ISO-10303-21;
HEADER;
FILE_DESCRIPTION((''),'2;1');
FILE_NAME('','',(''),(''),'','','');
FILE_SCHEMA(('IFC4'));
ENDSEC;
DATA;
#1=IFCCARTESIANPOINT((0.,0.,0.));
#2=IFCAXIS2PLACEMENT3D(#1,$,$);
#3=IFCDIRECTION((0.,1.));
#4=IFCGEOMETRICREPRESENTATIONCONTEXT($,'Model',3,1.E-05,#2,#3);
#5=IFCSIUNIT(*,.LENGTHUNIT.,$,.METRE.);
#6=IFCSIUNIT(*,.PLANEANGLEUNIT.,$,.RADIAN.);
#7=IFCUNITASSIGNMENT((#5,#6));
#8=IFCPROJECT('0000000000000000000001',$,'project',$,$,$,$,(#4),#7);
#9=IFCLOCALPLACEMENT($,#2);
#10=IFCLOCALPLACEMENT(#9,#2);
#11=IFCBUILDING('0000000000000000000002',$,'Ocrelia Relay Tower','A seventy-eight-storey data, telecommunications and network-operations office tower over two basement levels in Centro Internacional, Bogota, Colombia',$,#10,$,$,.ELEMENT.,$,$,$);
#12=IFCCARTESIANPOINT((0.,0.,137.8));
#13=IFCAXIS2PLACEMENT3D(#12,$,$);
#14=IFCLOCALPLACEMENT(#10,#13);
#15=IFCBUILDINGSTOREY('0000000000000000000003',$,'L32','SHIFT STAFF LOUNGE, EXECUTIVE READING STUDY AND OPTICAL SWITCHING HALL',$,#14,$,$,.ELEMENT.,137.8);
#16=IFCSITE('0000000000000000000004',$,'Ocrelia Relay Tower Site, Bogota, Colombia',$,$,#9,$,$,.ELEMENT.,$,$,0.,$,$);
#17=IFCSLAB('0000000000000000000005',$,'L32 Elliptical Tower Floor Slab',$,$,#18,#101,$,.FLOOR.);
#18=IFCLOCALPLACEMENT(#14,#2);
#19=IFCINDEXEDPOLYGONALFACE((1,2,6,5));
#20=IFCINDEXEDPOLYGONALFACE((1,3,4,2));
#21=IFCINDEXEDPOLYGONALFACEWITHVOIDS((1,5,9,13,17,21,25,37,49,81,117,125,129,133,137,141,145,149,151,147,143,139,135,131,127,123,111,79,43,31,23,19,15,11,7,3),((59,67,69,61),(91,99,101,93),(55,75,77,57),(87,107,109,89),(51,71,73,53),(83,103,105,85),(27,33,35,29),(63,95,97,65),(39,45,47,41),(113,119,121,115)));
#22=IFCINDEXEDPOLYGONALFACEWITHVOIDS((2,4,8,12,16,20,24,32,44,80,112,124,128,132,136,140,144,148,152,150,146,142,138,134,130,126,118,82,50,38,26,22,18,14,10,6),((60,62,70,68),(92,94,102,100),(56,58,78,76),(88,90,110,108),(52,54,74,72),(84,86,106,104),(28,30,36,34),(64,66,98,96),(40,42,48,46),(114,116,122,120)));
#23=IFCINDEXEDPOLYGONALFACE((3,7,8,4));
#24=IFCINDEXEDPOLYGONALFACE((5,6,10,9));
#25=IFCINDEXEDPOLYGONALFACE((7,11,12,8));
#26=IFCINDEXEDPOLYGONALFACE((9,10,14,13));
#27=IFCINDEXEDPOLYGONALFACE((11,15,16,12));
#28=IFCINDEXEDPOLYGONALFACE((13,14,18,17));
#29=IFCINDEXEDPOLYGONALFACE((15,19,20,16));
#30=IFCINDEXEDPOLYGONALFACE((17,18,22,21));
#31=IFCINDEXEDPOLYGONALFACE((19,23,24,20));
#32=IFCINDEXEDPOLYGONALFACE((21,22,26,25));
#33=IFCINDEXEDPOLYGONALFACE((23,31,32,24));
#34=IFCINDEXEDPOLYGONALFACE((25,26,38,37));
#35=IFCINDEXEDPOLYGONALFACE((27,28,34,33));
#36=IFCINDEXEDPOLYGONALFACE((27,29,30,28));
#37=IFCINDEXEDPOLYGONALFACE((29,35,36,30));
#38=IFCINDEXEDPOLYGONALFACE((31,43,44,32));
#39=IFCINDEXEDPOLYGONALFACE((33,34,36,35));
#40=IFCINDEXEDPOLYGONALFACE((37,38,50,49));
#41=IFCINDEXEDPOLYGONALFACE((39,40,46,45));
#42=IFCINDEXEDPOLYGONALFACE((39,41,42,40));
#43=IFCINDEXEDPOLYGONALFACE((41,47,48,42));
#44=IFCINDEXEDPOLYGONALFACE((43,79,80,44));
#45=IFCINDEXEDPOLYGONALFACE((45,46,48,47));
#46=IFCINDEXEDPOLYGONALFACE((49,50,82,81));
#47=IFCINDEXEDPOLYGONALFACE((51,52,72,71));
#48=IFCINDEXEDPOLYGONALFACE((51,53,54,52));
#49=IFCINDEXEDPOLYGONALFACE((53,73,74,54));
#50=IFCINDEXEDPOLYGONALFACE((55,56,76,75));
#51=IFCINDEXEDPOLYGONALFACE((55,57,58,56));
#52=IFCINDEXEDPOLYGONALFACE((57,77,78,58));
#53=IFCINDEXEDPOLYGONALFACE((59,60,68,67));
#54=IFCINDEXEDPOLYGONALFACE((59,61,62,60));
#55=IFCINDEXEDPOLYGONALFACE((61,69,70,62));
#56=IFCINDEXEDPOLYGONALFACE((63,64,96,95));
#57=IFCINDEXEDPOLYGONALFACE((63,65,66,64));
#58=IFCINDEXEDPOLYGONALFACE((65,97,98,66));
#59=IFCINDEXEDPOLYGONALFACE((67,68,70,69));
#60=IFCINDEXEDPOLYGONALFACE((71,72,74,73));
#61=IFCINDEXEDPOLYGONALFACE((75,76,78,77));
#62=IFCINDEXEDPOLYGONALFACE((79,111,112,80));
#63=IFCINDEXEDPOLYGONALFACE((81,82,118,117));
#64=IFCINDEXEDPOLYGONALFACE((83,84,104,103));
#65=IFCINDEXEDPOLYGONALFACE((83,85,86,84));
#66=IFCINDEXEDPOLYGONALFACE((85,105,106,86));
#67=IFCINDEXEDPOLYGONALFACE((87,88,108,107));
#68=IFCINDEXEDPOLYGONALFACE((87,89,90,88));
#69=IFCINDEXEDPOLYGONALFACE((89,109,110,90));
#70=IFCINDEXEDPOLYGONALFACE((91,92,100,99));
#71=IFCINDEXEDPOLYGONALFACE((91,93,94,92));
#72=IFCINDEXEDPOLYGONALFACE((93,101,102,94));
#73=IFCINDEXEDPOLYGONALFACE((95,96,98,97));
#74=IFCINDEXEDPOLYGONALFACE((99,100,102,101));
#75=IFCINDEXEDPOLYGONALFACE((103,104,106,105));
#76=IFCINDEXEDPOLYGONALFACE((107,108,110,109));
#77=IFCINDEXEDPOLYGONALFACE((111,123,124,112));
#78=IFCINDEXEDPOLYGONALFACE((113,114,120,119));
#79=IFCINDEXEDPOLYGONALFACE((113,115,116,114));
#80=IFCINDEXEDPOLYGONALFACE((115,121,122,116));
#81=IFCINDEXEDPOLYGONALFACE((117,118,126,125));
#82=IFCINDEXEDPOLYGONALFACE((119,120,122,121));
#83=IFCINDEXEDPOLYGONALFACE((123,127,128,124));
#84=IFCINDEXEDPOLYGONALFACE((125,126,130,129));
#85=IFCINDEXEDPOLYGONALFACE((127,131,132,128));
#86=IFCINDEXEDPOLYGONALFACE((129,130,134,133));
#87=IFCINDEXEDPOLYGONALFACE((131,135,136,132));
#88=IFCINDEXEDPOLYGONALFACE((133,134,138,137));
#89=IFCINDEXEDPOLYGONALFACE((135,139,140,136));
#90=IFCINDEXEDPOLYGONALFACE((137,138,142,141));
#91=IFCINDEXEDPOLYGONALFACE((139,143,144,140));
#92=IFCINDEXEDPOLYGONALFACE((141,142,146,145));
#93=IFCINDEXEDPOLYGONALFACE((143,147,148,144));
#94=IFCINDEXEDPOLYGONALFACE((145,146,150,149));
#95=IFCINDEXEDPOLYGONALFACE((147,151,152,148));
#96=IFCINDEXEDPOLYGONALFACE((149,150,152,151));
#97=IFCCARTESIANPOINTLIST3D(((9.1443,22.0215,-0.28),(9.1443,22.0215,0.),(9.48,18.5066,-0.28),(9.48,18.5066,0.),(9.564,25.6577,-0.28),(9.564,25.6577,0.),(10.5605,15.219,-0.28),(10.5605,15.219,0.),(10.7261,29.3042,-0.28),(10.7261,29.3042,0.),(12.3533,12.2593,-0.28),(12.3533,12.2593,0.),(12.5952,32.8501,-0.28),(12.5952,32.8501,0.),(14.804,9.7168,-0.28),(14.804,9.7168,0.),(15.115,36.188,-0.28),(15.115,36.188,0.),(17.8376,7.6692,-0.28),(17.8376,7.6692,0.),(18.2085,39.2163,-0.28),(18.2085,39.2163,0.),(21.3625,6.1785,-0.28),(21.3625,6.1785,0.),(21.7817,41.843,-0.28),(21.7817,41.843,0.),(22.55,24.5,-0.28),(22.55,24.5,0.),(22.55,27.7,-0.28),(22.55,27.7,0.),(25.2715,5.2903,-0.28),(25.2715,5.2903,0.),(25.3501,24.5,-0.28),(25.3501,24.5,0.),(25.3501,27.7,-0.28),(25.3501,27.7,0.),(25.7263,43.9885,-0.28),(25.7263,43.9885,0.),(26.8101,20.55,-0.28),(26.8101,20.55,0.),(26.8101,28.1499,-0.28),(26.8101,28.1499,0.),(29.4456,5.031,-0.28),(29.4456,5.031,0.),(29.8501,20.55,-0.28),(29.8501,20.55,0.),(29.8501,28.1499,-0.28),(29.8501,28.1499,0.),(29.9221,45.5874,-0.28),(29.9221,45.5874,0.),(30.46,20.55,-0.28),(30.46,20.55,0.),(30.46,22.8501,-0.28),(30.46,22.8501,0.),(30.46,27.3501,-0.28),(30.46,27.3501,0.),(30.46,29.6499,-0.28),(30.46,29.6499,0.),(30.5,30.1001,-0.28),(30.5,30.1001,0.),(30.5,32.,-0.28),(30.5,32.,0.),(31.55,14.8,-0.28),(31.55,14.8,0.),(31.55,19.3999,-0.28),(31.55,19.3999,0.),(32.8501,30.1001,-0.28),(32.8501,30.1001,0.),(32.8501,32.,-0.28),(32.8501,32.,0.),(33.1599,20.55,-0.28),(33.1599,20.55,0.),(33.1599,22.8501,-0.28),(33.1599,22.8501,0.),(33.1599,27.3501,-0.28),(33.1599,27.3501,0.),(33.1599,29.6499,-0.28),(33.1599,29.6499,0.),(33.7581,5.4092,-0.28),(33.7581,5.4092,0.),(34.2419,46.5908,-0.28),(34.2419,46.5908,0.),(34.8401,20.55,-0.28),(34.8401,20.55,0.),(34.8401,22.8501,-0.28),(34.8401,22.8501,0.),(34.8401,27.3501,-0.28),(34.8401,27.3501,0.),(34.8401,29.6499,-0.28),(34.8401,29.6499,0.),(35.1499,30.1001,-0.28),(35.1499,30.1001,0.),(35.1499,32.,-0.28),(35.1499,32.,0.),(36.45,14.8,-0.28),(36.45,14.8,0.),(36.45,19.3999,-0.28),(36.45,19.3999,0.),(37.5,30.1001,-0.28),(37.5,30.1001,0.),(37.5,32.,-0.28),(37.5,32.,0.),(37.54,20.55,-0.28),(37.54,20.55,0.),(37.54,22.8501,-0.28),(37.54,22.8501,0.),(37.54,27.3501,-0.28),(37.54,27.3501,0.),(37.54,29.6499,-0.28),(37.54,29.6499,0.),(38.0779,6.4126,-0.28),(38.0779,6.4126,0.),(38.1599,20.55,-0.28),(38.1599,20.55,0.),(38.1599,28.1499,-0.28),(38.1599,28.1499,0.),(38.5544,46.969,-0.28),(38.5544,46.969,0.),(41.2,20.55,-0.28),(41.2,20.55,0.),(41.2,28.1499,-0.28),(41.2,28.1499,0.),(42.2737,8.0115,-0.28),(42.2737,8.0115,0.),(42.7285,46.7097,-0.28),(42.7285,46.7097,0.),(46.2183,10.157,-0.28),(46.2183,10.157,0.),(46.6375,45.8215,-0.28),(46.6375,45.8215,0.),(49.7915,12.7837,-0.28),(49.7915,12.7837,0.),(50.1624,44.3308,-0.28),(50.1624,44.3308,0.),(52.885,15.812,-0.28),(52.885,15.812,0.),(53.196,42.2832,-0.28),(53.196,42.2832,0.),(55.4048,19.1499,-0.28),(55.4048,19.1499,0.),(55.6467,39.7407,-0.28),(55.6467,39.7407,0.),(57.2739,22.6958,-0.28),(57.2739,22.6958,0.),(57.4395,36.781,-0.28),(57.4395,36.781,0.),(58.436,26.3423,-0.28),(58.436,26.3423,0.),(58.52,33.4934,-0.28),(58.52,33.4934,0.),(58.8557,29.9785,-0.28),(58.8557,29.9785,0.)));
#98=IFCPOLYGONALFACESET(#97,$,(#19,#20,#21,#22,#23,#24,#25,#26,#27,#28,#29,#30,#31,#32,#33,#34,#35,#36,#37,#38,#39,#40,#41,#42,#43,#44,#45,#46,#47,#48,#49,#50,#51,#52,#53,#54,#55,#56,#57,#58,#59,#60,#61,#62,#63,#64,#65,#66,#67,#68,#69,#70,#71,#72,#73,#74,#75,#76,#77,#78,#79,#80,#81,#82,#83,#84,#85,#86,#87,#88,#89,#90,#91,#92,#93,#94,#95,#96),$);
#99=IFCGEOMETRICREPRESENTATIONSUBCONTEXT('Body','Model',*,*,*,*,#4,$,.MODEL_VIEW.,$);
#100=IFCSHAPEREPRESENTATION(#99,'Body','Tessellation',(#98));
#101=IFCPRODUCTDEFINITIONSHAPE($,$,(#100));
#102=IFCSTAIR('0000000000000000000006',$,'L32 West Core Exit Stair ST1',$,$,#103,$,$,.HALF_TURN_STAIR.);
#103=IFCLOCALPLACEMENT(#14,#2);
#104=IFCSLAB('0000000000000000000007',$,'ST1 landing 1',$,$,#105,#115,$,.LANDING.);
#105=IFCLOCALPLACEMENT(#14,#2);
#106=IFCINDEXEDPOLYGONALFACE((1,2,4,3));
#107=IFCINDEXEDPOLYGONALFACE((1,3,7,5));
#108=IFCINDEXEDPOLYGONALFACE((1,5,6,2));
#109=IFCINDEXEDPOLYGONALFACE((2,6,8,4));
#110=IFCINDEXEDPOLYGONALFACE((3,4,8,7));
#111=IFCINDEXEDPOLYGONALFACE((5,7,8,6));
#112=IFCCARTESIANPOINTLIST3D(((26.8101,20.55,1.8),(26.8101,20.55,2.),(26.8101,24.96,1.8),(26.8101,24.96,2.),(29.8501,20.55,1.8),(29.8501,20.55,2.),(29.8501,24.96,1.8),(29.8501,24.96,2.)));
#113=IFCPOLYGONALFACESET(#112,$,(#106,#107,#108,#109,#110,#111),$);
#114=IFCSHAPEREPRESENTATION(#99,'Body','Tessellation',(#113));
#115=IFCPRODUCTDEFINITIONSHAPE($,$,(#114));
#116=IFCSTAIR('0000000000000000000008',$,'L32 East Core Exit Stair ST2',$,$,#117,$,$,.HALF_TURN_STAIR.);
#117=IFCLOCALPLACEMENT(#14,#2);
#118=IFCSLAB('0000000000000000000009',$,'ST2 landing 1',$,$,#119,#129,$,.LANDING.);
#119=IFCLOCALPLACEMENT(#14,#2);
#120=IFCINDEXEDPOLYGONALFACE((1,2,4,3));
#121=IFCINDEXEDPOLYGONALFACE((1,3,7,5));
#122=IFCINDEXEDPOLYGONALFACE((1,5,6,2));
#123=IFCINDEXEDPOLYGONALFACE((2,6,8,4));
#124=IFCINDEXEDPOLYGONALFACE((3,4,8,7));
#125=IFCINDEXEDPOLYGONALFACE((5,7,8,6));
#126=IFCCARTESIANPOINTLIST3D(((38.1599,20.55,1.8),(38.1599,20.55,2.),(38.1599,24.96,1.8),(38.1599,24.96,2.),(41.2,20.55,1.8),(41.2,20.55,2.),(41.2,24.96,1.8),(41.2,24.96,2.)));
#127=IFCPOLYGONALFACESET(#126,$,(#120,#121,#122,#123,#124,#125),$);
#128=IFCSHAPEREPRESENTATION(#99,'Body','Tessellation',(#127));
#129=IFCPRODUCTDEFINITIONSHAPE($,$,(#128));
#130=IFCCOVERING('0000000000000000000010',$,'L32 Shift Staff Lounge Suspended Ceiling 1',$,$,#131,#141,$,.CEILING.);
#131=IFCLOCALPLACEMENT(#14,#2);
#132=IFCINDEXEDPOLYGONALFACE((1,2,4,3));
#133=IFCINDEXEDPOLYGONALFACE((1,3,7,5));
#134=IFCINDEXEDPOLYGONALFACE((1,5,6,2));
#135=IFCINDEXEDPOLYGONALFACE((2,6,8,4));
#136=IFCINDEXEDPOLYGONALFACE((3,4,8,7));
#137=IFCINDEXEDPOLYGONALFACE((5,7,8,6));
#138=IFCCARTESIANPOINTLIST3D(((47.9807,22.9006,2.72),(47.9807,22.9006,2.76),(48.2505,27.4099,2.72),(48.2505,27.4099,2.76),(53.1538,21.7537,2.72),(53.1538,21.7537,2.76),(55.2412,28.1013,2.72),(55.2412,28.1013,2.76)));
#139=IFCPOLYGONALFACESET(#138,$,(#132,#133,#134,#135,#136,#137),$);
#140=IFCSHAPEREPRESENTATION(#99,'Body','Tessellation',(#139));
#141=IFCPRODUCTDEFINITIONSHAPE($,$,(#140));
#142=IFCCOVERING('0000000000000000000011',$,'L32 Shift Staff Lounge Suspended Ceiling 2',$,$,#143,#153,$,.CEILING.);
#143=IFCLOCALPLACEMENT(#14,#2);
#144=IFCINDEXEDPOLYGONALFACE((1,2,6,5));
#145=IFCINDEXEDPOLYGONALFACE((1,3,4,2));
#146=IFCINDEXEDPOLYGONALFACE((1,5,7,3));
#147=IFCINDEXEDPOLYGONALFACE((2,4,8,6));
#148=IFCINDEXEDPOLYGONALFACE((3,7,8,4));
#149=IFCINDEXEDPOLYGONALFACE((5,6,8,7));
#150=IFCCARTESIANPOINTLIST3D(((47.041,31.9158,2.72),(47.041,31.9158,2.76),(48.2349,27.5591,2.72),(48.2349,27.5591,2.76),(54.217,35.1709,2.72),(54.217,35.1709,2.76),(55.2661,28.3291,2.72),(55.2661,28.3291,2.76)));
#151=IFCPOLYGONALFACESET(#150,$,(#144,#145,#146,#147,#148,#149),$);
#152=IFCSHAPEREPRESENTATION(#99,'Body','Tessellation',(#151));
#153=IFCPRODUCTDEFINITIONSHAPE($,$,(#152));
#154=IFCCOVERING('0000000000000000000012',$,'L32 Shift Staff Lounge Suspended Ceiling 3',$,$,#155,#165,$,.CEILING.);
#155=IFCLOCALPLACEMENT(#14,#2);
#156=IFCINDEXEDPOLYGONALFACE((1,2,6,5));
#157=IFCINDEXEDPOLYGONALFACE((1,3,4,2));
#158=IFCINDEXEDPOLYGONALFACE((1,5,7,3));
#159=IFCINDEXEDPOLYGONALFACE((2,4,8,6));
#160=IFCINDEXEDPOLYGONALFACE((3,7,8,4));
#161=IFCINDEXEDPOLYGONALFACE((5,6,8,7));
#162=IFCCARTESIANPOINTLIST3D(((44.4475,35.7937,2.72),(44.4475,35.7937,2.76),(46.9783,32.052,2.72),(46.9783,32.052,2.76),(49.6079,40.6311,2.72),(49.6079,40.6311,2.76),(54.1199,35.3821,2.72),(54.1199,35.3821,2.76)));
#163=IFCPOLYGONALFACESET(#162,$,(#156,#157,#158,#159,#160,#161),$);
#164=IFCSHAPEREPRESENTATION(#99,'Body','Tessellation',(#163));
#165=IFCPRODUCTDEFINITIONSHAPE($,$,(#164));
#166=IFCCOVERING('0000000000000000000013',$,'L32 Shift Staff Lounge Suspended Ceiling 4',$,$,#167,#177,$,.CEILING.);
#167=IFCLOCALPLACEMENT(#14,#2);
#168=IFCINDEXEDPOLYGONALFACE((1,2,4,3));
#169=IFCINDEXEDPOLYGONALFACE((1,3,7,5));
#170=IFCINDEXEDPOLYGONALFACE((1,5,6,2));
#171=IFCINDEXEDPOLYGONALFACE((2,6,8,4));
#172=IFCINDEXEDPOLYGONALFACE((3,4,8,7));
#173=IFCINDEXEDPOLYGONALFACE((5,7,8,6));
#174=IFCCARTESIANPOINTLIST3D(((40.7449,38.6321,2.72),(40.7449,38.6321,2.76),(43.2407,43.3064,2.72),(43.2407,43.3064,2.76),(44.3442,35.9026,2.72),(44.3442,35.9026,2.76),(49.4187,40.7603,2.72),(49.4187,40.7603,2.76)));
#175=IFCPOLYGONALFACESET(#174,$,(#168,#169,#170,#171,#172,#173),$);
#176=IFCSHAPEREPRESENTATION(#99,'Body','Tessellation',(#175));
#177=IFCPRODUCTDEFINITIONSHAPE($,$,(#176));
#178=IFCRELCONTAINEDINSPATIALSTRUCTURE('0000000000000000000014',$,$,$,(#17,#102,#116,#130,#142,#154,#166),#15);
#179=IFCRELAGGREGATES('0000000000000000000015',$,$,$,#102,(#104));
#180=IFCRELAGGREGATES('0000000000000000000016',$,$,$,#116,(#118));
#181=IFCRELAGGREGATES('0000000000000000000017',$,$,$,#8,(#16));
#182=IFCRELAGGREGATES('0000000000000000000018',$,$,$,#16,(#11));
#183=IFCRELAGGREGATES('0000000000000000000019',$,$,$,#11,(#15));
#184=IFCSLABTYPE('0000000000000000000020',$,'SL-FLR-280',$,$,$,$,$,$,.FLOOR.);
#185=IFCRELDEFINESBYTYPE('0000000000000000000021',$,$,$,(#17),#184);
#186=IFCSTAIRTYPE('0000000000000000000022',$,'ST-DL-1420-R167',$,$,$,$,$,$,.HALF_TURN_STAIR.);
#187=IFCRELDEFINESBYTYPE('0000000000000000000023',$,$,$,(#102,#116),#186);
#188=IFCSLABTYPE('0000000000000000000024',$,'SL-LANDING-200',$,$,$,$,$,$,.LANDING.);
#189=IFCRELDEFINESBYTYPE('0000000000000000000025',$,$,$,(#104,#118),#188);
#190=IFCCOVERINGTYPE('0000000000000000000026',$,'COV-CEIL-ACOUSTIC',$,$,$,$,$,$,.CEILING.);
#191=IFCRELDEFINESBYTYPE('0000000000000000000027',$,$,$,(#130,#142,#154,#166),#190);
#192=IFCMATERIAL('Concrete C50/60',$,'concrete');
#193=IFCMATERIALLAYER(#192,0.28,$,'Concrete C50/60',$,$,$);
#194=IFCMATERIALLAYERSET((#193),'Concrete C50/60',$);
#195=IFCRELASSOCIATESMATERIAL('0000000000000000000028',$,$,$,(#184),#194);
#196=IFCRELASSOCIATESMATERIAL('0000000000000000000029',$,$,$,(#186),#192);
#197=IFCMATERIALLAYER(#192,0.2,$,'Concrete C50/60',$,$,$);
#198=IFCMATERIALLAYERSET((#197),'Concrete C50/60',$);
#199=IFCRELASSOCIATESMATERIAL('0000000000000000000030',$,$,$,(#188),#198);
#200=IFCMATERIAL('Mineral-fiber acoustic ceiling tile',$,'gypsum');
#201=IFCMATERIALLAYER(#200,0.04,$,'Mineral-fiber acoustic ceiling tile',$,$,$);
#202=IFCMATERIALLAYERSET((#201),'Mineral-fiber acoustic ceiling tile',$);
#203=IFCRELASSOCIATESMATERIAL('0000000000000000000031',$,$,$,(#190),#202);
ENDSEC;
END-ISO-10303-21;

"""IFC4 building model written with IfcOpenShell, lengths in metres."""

from ifc_helpers import new_model, si_unit, direction, frame, origin, place, context, subcontext, project, spatial, polyline, outline, extrude, material, layer, layer_set, type_object, element, aggregate, save


model = new_model("IFC4")

# Units and contexts
model_context = context("Model", 3, precision=1e-05, world=origin(), true_north=direction((0.0, 1.0)))
body_context = subcontext(model_context, "Body", "Model", "MODEL_VIEW")
ifc_project = project(units=[si_unit("LENGTHUNIT", "METRE"), si_unit("PLANEANGLEUNIT", "RADIAN")], contexts=[model_context])

# Site, building, storey
site_placement = place(None, origin())
site = spatial("IfcSite", under=ifc_project, at=site_placement, Name="Ocrelia Relay Tower Site, Bogota, Colombia", CompositionType="ELEMENT", RefElevation=0.0)
building_placement = place(site_placement, origin())
building = spatial("IfcBuilding", under=site, at=building_placement, Name="Ocrelia Relay Tower", Description="A seventy-eight-storey data, telecommunications and network-operations office tower over two basement levels in Centro Internacional, Bogota, Colombia", CompositionType="ELEMENT")
storey_placement = place(building_placement, frame((0.0, 0.0, 137.8)))
storey = spatial("IfcBuildingStorey", under=building, at=storey_placement, Name="L32", Description="SHIFT STAFF LOUNGE, EXECUTIVE READING STUDY AND OPTICAL SWITCHING HALL", CompositionType="ELEMENT", Elevation=137.8)

# Slab
ifc_material_1 = material(Name="Concrete C50/60", Category="concrete")
ifc_layer_1 = layer(ifc_material_1, 0.28, Name="Concrete C50/60")
ifc_layer_set_1 = layer_set([ifc_layer_1], Name="Concrete C50/60")
slab_type_1 = type_object("IfcSlabType", Name="SL-FLR-280", PredefinedType="FLOOR", material=ifc_layer_set_1)
slab_1_placement = place(storey_placement, frame((0.0, 0.0, -0.28)))
element("IfcSlab", 1, at=slab_1_placement, inside=storey, type_object=slab_type_1, Name="L32 Elliptical Tower Floor Slab", PredefinedType="FLOOR", context=body_context, shape_type="SweptSolid", body=[
    extrude(outline(polyline([(57.4395, 36.781), (55.6467, 39.7407), (53.196, 42.2832), (50.1624, 44.3308), (46.6375, 45.8215), (42.7285, 46.7097), (38.5544, 46.969), (34.2419, 46.5908), (29.9221, 45.5874), (25.7263, 43.9885), (21.7817, 41.843), (18.2085, 39.2163), (15.115, 36.188), (12.5952, 32.8501), (10.7261, 29.3042), (9.564, 25.6577), (9.1443, 22.0215), (9.48, 18.5066), (10.5605, 15.219), (12.3533, 12.2593), (14.804, 9.7168), (17.8376, 7.6692), (21.3625, 6.1785), (25.2715, 5.2903), (29.4456, 5.031), (33.7581, 5.4092), (38.0779, 6.4126), (42.2737, 8.0115), (46.2183, 10.157), (49.7915, 12.7837), (52.885, 15.812), (55.4048, 19.1499), (57.2739, 22.6958), (58.436, 26.3423), (58.8557, 29.9785), (58.52, 33.4934), (57.4395, 36.781)]), holes=[polyline([(26.8101, 28.1499), (26.8101, 20.55), (29.8501, 20.55), (29.8501, 28.1499), (26.8101, 28.1499)]), polyline([(38.1599, 28.1499), (38.1599, 20.55), (41.2, 20.55), (41.2, 28.1499), (38.1599, 28.1499)]), polyline([(30.46, 20.55), (33.1599, 20.55), (33.1599, 22.8501), (30.46, 22.8501), (30.46, 20.55)]), polyline([(34.8401, 20.55), (37.54, 20.55), (37.54, 22.8501), (34.8401, 22.8501), (34.8401, 20.55)]), polyline([(30.46, 27.3501), (33.1599, 27.3501), (33.1599, 29.6499), (30.46, 29.6499), (30.46, 27.3501)]), polyline([(34.8401, 27.3501), (37.54, 27.3501), (37.54, 29.6499), (34.8401, 29.6499), (34.8401, 27.3501)]), polyline([(30.5, 30.1001), (32.8501, 30.1001), (32.8501, 32.0), (30.5, 32.0), (30.5, 30.1001)]), polyline([(35.1499, 30.1001), (37.5, 30.1001), (37.5, 32.0), (35.1499, 32.0), (35.1499, 30.1001)]), polyline([(22.55, 24.5), (25.3501, 24.5), (25.3501, 27.7), (22.55, 27.7), (22.55, 24.5)]), polyline([(31.55, 14.8), (36.45, 14.8), (36.45, 19.3999), (31.55, 19.3999), (31.55, 14.8)])]), origin(), (0.0, 0.0, 1.0), 0.28),
])

# Stairs, slabs
stair_type = type_object("IfcStairType", Name="ST-DL-1420-R167", PredefinedType="HALF_TURN_STAIR", material=ifc_material_1)
stair_1_placement = place(storey_placement, origin())
stair_1 = element("IfcStair", 2, at=stair_1_placement, inside=storey, type_object=stair_type, Name="L32 West Core Exit Stair ST1", PredefinedType="HALF_TURN_STAIR")
ifc_layer_2 = layer(ifc_material_1, 0.2, Name="Concrete C50/60")
ifc_layer_set_2 = layer_set([ifc_layer_2], Name="Concrete C50/60")
slab_type_2 = type_object("IfcSlabType", Name="SL-LANDING-200", PredefinedType="LANDING", material=ifc_layer_set_2)
slab_2_placement = place(storey_placement, frame((0.0, 0.0, 1.8)))
slab_2 = element("IfcSlab", 3, at=slab_2_placement, type_object=slab_type_2, Name="ST1 landing 1", PredefinedType="LANDING", context=body_context, shape_type="SweptSolid", body=[
    extrude(outline(polyline([(26.8101, 24.96), (26.8101, 20.55), (29.8501, 20.55), (29.8501, 24.96), (26.8101, 24.96)])), origin(), (0.0, 0.0, 1.0), 0.2),
])
aggregate(stair_1, [slab_2])
stair_2_placement = place(storey_placement, origin())
stair_2 = element("IfcStair", 4, at=stair_2_placement, inside=storey, type_object=stair_type, Name="L32 East Core Exit Stair ST2", PredefinedType="HALF_TURN_STAIR")
slab_3_placement = place(storey_placement, frame((0.0, 0.0, 1.8)))
slab_3 = element("IfcSlab", 5, at=slab_3_placement, type_object=slab_type_2, Name="ST2 landing 1", PredefinedType="LANDING", context=body_context, shape_type="SweptSolid", body=[
    extrude(outline(polyline([(38.1599, 24.96), (38.1599, 20.55), (41.2, 20.55), (41.2, 24.96), (38.1599, 24.96)])), origin(), (0.0, 0.0, 1.0), 0.2),
])
aggregate(stair_2, [slab_3])

# Coverings
ifc_material_2 = material(Name="Mineral-fiber acoustic ceiling tile", Category="gypsum")
ifc_layer_3 = layer(ifc_material_2, 0.04, Name="Mineral-fiber acoustic ceiling tile")
ifc_layer_set_3 = layer_set([ifc_layer_3], Name="Mineral-fiber acoustic ceiling tile")
covering_type_1 = type_object("IfcCoveringType", Name="COV-CEIL-ACOUSTIC", PredefinedType="CEILING", material=ifc_layer_set_3)
covering_1_placement = place(storey_placement, frame((0.0, 0.0, 2.72)))
element("IfcCovering", 6, at=covering_1_placement, inside=storey, type_object=covering_type_1, Name="L32 Shift Staff Lounge Suspended Ceiling 1", PredefinedType="CEILING", context=body_context, shape_type="SweptSolid", body=[
    extrude(outline(polyline([(47.9807, 22.9006), (53.1538, 21.7537), (55.2412, 28.1013), (48.2505, 27.4099), (47.9807, 22.9006)])), origin(), (0.0, 0.0, 1.0), 0.04),
])
covering_2_placement = place(storey_placement, frame((0.0, 0.0, 2.72)))
element("IfcCovering", 7, at=covering_2_placement, inside=storey, type_object=covering_type_1, Name="L32 Shift Staff Lounge Suspended Ceiling 2", PredefinedType="CEILING", context=body_context, shape_type="SweptSolid", body=[
    extrude(outline(polyline([(48.2349, 27.5591), (55.2661, 28.3291), (54.217, 35.1709), (47.041, 31.9158), (48.2349, 27.5591)])), origin(), (0.0, 0.0, 1.0), 0.04),
])
covering_3_placement = place(storey_placement, frame((0.0, 0.0, 2.72)))
element("IfcCovering", 8, at=covering_3_placement, inside=storey, type_object=covering_type_1, Name="L32 Shift Staff Lounge Suspended Ceiling 3", PredefinedType="CEILING", context=body_context, shape_type="SweptSolid", body=[
    extrude(outline(polyline([(46.9783, 32.052), (54.1199, 35.3821), (49.6079, 40.6311), (44.4475, 35.7937), (46.9783, 32.052)])), origin(), (0.0, 0.0, 1.0), 0.04),
])
covering_4_placement = place(storey_placement, frame((0.0, 0.0, 2.72)))
element("IfcCovering", 9, at=covering_4_placement, inside=storey, type_object=covering_type_1, Name="L32 Shift Staff Lounge Suspended Ceiling 4", PredefinedType="CEILING", context=body_context, shape_type="SweptSolid", body=[
    extrude(outline(polyline([(44.3442, 35.9026), (49.4187, 40.7603), (43.2407, 43.3064), (40.7449, 38.6321), (44.3442, 35.9026)])), origin(), (0.0, 0.0, 1.0), 0.04),
])

save(model, "model.ifc")
